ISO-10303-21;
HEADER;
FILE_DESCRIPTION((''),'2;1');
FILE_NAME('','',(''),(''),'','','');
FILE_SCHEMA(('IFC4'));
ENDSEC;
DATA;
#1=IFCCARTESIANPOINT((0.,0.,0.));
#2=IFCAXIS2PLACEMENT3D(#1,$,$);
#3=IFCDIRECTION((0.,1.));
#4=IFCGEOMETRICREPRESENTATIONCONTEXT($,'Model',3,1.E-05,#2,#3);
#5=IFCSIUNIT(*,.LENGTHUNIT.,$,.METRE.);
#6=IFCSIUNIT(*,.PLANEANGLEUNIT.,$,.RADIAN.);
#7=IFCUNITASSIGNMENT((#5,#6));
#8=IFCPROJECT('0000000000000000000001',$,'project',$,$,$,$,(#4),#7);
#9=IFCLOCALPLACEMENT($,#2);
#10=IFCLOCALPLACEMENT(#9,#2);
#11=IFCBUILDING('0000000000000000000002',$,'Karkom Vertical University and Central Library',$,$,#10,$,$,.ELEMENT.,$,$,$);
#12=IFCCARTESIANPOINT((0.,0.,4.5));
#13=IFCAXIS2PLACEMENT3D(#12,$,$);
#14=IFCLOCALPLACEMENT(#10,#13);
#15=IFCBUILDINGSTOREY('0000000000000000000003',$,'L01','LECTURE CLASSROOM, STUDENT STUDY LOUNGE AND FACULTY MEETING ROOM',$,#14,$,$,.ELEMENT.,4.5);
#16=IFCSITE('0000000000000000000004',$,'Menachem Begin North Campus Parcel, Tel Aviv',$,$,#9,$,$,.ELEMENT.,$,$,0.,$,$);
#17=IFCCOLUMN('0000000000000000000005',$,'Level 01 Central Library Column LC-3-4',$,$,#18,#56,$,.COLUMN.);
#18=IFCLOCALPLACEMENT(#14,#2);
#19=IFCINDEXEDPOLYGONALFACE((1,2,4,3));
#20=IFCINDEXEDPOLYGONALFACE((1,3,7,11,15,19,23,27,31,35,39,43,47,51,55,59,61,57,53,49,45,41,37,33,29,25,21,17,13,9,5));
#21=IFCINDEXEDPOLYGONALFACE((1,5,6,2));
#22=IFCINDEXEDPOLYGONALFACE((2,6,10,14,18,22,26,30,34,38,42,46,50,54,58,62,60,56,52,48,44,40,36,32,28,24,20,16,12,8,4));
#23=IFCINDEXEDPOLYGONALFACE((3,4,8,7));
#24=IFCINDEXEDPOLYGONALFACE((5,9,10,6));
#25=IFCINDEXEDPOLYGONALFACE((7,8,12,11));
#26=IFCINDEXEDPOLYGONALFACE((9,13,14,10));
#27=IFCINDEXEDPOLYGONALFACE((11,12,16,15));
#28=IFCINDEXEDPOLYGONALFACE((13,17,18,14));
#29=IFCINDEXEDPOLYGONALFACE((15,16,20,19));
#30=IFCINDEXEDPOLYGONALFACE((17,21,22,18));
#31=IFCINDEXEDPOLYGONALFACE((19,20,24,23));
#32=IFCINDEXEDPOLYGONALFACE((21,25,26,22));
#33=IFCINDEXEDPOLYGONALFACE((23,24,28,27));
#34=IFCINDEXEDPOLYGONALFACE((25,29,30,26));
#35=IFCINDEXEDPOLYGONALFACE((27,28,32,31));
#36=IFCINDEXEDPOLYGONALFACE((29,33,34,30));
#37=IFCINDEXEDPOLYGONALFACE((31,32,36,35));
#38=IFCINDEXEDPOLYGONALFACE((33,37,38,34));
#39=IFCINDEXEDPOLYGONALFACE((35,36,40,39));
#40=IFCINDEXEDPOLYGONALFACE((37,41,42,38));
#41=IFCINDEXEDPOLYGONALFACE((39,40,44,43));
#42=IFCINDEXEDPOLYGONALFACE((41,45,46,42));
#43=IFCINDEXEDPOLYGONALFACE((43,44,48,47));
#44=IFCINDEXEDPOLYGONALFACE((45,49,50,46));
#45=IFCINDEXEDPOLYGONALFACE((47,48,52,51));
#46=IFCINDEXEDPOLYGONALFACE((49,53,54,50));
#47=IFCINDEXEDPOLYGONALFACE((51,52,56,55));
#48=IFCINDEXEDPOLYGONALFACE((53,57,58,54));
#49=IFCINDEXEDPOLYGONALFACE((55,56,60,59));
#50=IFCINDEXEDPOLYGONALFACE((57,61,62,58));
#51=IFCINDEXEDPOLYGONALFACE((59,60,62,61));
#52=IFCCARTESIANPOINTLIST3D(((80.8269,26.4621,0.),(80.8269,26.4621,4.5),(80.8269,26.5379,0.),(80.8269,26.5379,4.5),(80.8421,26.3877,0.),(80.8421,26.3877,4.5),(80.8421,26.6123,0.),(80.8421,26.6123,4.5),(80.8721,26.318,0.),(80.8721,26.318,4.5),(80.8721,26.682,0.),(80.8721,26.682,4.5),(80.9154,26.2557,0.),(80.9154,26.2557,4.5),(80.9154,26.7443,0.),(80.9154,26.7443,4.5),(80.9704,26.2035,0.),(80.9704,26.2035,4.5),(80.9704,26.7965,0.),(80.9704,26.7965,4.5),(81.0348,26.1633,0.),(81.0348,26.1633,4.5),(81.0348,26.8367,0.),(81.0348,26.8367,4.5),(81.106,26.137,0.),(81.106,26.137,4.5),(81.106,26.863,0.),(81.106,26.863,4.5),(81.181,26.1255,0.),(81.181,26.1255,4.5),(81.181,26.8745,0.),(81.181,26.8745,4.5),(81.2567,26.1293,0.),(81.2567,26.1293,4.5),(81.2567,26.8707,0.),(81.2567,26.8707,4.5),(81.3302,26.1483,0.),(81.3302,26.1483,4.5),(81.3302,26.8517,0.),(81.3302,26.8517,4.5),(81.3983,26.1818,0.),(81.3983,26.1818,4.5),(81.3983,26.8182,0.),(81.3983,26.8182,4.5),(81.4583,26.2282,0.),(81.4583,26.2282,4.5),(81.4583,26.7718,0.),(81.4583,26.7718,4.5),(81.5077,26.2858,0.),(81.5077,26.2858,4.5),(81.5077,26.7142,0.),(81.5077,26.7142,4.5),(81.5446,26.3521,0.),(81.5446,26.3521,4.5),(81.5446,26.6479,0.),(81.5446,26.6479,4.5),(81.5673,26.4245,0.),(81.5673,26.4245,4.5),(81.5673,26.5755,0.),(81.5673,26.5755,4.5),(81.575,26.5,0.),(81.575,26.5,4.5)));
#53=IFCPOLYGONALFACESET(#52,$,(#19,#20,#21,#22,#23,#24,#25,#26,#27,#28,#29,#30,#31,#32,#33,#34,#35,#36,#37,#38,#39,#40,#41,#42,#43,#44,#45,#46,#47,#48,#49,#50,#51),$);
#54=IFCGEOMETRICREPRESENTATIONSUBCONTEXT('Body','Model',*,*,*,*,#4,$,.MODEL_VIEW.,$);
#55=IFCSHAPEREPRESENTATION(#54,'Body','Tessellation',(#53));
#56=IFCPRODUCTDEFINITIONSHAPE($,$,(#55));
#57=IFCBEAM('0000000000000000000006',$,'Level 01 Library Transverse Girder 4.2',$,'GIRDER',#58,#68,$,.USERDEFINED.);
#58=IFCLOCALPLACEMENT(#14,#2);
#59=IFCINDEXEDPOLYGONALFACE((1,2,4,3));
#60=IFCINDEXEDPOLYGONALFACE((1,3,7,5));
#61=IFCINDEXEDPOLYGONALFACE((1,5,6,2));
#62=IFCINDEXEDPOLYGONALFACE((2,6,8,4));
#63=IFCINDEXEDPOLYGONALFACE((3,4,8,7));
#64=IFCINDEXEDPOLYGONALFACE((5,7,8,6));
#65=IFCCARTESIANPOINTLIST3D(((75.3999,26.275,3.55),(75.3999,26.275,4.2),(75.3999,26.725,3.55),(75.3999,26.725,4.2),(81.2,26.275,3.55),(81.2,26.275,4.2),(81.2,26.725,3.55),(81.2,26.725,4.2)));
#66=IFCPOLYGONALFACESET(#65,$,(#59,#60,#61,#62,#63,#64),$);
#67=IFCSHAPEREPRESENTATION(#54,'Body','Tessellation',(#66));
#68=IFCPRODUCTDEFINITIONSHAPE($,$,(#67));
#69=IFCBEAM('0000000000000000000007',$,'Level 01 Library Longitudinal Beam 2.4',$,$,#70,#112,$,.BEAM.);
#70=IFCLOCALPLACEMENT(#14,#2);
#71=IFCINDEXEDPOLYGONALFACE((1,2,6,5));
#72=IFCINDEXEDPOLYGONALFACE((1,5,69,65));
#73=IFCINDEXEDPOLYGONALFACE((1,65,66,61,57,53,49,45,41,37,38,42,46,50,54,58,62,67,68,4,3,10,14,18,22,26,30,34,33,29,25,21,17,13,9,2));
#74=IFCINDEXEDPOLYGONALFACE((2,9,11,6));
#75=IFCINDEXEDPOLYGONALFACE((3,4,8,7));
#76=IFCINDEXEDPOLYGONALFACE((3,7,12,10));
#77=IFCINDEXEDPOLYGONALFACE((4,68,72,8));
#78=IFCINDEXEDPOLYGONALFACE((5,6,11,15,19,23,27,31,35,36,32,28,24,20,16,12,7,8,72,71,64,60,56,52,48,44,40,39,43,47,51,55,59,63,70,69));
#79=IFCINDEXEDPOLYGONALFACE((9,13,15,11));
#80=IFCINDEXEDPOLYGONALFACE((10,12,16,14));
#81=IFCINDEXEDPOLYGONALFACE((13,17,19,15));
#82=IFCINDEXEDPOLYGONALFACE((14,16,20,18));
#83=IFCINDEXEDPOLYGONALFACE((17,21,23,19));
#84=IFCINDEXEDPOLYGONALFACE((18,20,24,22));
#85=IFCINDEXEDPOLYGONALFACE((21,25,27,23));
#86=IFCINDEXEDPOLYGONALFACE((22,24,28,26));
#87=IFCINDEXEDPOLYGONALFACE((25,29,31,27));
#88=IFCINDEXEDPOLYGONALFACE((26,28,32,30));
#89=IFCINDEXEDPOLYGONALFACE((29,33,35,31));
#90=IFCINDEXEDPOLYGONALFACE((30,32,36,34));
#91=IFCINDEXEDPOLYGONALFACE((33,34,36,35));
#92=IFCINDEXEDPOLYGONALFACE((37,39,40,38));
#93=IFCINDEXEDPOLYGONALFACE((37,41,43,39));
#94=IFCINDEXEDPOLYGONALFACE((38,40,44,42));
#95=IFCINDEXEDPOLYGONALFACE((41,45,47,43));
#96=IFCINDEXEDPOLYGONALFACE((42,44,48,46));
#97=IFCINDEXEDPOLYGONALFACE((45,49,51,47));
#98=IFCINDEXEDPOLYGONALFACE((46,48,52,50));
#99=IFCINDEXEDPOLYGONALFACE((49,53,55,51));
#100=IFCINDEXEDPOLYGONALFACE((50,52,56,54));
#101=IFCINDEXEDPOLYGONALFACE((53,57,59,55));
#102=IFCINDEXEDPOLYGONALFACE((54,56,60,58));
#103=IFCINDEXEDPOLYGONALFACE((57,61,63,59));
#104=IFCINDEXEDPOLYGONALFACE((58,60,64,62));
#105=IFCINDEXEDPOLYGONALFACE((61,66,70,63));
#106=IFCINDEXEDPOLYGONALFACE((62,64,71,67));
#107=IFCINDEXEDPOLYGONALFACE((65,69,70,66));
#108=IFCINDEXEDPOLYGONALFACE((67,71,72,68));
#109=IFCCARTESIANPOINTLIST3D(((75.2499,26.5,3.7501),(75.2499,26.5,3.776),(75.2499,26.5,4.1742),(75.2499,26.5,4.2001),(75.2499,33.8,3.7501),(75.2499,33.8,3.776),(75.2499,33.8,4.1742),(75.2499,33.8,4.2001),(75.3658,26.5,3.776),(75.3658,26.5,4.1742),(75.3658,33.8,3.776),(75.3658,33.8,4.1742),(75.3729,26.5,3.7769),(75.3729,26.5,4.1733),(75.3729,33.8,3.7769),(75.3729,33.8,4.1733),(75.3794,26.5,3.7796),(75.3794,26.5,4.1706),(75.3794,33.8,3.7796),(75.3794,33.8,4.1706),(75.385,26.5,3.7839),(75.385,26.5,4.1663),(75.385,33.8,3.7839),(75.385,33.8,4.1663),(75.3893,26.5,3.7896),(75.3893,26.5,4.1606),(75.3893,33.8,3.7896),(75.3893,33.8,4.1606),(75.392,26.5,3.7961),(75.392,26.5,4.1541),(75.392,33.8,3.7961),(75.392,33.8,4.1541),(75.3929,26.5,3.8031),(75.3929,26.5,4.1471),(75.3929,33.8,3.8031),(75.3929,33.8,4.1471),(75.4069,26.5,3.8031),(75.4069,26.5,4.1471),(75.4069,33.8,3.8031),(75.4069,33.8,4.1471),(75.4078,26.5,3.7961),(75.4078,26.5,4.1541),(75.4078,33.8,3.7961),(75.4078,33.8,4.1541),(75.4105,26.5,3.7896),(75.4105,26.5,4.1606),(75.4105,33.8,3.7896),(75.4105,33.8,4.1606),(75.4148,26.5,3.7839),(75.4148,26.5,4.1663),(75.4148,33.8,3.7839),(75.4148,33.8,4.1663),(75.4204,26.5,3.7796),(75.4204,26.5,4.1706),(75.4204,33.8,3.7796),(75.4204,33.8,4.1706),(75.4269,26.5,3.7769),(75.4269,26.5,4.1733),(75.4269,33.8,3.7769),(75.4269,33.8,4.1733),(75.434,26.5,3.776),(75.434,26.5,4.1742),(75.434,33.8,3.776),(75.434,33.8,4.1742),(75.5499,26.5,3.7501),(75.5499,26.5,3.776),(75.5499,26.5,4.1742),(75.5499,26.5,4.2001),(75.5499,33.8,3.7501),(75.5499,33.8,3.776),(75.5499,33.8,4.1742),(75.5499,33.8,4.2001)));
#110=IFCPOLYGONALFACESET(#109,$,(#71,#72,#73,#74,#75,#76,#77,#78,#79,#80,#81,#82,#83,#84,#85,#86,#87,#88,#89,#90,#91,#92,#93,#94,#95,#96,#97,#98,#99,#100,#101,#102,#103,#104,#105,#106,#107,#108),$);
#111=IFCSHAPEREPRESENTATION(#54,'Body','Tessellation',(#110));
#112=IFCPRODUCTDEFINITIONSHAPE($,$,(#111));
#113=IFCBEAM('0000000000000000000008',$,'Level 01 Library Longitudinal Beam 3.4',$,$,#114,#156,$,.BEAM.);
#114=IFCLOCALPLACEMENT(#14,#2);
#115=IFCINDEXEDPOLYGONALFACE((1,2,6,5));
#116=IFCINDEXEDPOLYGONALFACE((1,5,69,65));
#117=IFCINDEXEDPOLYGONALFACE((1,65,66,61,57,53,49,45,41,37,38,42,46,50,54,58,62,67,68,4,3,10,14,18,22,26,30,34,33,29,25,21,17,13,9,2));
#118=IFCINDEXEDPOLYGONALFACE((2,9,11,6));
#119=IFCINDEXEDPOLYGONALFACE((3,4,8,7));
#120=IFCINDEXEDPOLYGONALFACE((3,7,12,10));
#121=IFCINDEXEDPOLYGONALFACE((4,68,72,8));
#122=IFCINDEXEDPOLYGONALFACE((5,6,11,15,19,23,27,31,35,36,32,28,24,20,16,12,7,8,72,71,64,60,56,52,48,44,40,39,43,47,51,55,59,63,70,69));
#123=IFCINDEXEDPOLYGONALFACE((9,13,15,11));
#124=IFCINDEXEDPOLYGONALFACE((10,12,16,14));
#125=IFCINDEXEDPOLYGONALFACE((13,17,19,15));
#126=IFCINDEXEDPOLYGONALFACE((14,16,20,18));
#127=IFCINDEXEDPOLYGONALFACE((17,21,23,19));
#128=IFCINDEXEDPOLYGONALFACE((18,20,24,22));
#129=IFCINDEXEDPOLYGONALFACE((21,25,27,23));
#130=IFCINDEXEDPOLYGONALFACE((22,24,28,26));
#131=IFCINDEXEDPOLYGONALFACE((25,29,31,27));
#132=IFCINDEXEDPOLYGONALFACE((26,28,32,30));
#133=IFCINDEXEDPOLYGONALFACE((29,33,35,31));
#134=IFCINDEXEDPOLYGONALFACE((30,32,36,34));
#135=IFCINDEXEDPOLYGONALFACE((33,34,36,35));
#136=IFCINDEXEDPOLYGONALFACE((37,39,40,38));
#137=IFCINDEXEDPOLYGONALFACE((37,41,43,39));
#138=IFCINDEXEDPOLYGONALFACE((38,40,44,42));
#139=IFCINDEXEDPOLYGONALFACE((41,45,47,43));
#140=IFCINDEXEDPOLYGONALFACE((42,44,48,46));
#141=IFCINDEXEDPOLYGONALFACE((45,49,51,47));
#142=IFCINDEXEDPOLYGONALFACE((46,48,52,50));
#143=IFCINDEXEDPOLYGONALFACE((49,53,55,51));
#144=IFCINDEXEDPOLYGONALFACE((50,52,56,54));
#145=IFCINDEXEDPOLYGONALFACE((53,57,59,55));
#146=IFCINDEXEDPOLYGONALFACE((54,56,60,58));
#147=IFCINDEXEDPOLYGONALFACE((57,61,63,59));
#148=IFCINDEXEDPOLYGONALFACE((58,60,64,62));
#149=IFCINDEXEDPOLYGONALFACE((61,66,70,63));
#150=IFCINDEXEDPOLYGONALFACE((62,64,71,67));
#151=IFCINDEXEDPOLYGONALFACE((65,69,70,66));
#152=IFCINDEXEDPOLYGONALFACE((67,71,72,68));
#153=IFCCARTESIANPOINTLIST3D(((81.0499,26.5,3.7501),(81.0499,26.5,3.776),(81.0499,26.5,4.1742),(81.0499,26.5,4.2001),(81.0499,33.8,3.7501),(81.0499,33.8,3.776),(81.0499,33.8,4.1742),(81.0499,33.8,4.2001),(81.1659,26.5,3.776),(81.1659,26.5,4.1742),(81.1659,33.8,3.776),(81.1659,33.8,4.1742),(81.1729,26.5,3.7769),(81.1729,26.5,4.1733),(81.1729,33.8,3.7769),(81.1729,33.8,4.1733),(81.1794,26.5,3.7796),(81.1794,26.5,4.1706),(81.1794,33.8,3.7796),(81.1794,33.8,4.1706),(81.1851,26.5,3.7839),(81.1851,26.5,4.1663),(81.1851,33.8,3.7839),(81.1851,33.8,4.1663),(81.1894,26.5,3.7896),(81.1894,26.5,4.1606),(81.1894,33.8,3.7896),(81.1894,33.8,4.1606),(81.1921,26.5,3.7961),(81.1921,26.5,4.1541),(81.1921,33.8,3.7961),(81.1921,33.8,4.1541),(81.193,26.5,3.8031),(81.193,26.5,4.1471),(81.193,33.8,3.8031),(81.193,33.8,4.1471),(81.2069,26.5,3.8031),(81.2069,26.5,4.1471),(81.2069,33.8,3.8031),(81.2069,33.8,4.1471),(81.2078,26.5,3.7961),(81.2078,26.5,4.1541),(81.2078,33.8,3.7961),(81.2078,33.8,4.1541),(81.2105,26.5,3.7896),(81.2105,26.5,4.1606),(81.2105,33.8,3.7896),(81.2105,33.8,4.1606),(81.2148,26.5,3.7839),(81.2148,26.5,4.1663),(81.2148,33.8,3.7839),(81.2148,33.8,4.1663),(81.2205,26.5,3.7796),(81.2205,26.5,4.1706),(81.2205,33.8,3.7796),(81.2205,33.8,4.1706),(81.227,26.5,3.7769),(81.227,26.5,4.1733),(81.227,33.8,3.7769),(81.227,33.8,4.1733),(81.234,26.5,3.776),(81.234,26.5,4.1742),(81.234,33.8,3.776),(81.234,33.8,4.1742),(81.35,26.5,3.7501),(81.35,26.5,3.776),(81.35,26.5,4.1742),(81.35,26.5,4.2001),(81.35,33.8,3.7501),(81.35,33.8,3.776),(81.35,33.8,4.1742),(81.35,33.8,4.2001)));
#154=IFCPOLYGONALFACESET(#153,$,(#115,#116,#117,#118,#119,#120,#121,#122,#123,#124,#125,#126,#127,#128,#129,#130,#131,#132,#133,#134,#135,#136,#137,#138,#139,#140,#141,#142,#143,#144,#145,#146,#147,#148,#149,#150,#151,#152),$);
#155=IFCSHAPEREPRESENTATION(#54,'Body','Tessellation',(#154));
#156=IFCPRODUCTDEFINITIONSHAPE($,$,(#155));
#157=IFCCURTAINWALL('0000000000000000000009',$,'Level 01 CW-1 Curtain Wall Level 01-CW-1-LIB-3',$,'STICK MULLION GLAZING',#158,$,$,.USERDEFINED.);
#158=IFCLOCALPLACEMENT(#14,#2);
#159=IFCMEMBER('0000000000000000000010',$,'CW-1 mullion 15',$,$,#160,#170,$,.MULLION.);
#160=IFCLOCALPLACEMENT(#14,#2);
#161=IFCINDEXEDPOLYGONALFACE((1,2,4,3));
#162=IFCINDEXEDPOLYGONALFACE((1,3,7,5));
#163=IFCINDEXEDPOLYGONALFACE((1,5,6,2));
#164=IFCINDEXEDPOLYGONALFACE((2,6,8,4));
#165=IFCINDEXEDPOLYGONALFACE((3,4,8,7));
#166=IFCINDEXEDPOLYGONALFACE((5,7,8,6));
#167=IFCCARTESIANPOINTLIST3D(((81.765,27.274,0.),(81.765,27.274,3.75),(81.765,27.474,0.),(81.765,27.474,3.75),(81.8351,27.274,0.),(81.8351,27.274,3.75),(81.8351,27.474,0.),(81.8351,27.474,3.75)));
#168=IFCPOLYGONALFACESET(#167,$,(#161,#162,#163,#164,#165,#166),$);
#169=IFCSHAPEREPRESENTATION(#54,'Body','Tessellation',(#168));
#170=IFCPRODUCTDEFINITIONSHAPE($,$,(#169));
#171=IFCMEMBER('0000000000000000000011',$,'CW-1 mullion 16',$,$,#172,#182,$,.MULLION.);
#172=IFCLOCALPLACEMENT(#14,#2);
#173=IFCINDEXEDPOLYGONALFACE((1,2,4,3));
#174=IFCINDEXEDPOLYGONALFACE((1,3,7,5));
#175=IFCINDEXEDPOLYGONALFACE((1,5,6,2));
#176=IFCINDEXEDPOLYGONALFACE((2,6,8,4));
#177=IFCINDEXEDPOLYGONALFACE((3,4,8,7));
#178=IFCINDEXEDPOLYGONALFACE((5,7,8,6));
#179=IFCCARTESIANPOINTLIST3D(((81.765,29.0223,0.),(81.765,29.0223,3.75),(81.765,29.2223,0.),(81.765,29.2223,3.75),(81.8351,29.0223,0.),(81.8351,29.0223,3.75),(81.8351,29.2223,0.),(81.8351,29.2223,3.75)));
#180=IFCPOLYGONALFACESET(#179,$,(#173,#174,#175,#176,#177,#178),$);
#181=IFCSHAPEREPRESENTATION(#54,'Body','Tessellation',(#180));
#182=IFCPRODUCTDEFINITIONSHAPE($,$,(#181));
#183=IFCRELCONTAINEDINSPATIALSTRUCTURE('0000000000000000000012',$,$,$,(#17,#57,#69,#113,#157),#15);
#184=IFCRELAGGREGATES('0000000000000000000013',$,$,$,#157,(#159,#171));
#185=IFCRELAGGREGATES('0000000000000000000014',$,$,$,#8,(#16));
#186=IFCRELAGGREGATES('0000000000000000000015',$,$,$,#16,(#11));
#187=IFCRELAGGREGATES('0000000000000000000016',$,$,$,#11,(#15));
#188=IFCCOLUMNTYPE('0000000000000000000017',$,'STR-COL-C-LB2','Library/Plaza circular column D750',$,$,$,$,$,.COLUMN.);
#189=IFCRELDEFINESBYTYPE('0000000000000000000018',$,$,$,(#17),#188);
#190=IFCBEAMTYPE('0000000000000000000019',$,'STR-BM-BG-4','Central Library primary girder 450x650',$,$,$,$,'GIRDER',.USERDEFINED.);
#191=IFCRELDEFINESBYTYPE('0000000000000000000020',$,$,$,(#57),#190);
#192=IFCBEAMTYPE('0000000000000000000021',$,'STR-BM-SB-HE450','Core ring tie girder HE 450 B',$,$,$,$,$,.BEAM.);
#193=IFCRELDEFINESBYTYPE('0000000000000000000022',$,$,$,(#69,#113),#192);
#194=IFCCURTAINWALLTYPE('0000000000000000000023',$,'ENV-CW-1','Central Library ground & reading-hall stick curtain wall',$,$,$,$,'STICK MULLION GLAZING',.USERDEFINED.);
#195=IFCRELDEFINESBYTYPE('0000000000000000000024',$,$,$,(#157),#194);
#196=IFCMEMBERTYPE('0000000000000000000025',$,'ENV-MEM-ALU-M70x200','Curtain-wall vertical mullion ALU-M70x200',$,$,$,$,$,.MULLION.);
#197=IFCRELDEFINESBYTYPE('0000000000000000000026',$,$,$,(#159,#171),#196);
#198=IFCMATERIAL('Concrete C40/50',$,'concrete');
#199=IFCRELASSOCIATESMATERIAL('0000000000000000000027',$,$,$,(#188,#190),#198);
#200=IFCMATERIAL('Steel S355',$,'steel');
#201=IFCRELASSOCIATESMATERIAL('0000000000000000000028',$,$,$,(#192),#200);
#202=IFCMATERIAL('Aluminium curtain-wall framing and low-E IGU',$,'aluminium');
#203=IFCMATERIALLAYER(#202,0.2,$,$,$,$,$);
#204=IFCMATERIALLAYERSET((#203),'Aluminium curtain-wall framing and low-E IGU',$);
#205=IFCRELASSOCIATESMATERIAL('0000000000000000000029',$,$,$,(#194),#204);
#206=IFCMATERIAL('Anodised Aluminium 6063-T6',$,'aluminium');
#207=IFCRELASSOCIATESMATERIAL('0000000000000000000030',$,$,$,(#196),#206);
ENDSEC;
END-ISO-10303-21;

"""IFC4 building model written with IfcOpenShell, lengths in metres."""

from ifc_helpers import new_model, si_unit, direction, frame, origin, origin_with_axes, origin_2d, place, context, subcontext, project, spatial, rectangle, circle, i_section, extrude, source, transform, mapped, material, layer, layer_set, material_profile, profile_set, type_object, element, aggregate, save


model = new_model("IFC4")

# Units and contexts
model_context = context("Model", 3, precision=1e-05, world=origin(), true_north=direction((0.0, 1.0)))
body_context = subcontext(model_context, "Body", "Model", "MODEL_VIEW")
ifc_project = project(units=[si_unit("LENGTHUNIT", "METRE"), si_unit("PLANEANGLEUNIT", "RADIAN")], contexts=[model_context])

# Site, building, storey
site_placement = place(None, origin())
site = spatial("IfcSite", under=ifc_project, at=site_placement, Name="Menachem Begin North Campus Parcel, Tel Aviv", CompositionType="ELEMENT", RefElevation=0.0)
building_placement = place(site_placement, origin())
building = spatial("IfcBuilding", under=site, at=building_placement, Name="Karkom Vertical University and Central Library", CompositionType="ELEMENT")
storey_placement = place(building_placement, frame((0.0, 0.0, 4.5)))
storey = spatial("IfcBuildingStorey", under=building, at=storey_placement, Name="L01", Description="LECTURE CLASSROOM, STUDENT STUDY LOUNGE AND FACULTY MEETING ROOM", CompositionType="ELEMENT", Elevation=4.5)

# Column
ifc_material_1 = material(Name="Concrete C40/50", Category="concrete")
ifc_material_profile_1 = material_profile(ifc_material_1, circle(Radius=0.375, at=origin_2d()), Name="RC-D750")
ifc_profile_set_1 = profile_set([ifc_material_profile_1], Name="Concrete C40/50")
column_type = type_object("IfcColumnType", Name="STR-COL-C-LB2", Description="Library/Plaza circular column D750", PredefinedType="COLUMN", material=ifc_profile_set_1)
shared_shape_1 = source(origin_with_axes(), body_context, "Body", "SweptSolid", [
    extrude(circle(Radius=0.375, at=origin_2d()), origin(), (0.0, 0.0, 1.0), 4.5),
])
column_placement = place(storey_placement, frame((81.2, 26.5, 0.0), z_axis=(0.0, 0.0, 1.0), x_axis=(1.0, 0.0, 0.0)))
element("IfcColumn", 1, at=column_placement, inside=storey, type_object=column_type, Name="Level 01 Central Library Column LC-3-4", PredefinedType="COLUMN", context=body_context, shape_type="MappedRepresentation", body=[
    mapped(shared_shape_1, transform((0.0, 0.0, 0.0), scale=1.0)),
])

# Beams
ifc_material_profile_2 = material_profile(ifc_material_1, rectangle(XDim=0.45, YDim=0.6499, at=origin_2d()), Name="RCB-450x650")
ifc_profile_set_2 = profile_set([ifc_material_profile_2], Name="Concrete C40/50")
beam_type_1 = type_object("IfcBeamType", Name="STR-BM-BG-4", Description="Central Library primary girder 450x650", ElementType="GIRDER", PredefinedType="USERDEFINED", material=ifc_profile_set_2)
shared_shape_2 = source(origin_with_axes(), body_context, "Body", "SweptSolid", [
    extrude(rectangle(XDim=0.45, YDim=0.6499, at=origin_2d()), origin(), (0.0, 0.0, 1.0), 5.8),
])
beam_placement = place(storey_placement, frame((75.3999, 26.5, 3.875), z_axis=(1.0, 0.0, 0.0), x_axis=(0.0, 1.0, 0.0)))
element("IfcBeam", 2, at=beam_placement, inside=storey, type_object=beam_type_1, Name="Level 01 Library Transverse Girder 4.2", ObjectType="GIRDER", PredefinedType="USERDEFINED", context=body_context, shape_type="MappedRepresentation", body=[
    mapped(shared_shape_2, transform((0.0, 0.0, 0.0), scale=1.0)),
])
ifc_material_2 = material(Name="Steel S355", Category="steel")
ifc_material_profile_3 = material_profile(ifc_material_2, i_section(OverallWidth=0.3, OverallDepth=0.45, WebThickness=0.0139, FlangeThickness=0.0259, FilletRadius=0.0271, at=origin_2d()), Name="HE 450 B")
ifc_profile_set_3 = profile_set([ifc_material_profile_3], Name="Steel S355")
beam_type_2 = type_object("IfcBeamType", Name="STR-BM-SB-HE450", Description="Core ring tie girder HE 450 B", PredefinedType="BEAM", material=ifc_profile_set_3)
shared_shape_3 = source(origin_with_axes(), body_context, "Body", "SweptSolid", [
    extrude(i_section(OverallWidth=0.3, OverallDepth=0.45, WebThickness=0.0139, FlangeThickness=0.0259, FilletRadius=0.0271, at=origin_2d()), origin(), (0.0, 0.0, 1.0), 7.3),
])
for number, where, z_axis, x_axis, name in (
    (3, (75.3999, 26.5, 3.9751), (0.0, 1.0, 0.0), (-1.0, 0.0, 0.0), "Level 01 Library Longitudinal Beam 2.4"),
    (4, (81.2, 26.5, 3.9751), (0.0, 1.0, 0.0), (-1.0, 0.0, 0.0), "Level 01 Library Longitudinal Beam 3.4"),
):
    element("IfcBeam", number, at=place(storey_placement, frame(where, z_axis=z_axis, x_axis=x_axis)), inside=storey, type_object=beam_type_2, Name=name, PredefinedType="BEAM", context=body_context, shape_type="MappedRepresentation", body=[
        mapped(shared_shape_3, transform((0.0, 0.0, 0.0), scale=1.0)),
    ])

# Curtain wall, members
ifc_material_3 = material(Name="Aluminium curtain-wall framing and low-E IGU", Category="aluminium")
ifc_layer_1 = layer(ifc_material_3, 0.2)
ifc_layer_set_1 = layer_set([ifc_layer_1], Name="Aluminium curtain-wall framing and low-E IGU")
curtain_wall_type = type_object("IfcCurtainWallType", Name="ENV-CW-1", Description="Central Library ground & reading-hall stick curtain wall", ElementType="STICK MULLION GLAZING", PredefinedType="USERDEFINED", material=ifc_layer_set_1)
curtain_wall_placement = place(storey_placement, origin())
curtain_wall = element("IfcCurtainWall", 5, at=curtain_wall_placement, inside=storey, type_object=curtain_wall_type, Name="Level 01 CW-1 Curtain Wall Level 01-CW-1-LIB-3", ObjectType="STICK MULLION GLAZING", PredefinedType="USERDEFINED")
ifc_material_4 = material(Name="Anodised Aluminium 6063-T6", Category="aluminium")
ifc_material_profile_4 = material_profile(ifc_material_4, rectangle(XDim=0.0701, YDim=0.2, at=origin_2d()), Name="ALU-M70x200")
ifc_profile_set_4 = profile_set([ifc_material_profile_4], Name="Anodised Aluminium 6063-T6")
member_type_1 = type_object("IfcMemberType", Name="ENV-MEM-ALU-M70x200", Description="Curtain-wall vertical mullion ALU-M70x200", PredefinedType="MULLION", material=ifc_profile_set_4)
shared_shape_4 = source(origin_with_axes(), body_context, "Body", "SweptSolid", [
    extrude(rectangle(XDim=0.0701, YDim=0.2, at=origin_2d()), origin(), (0.0, 0.0, 1.0), 3.75),
])
member_1_placement = place(storey_placement, frame((81.8, 27.374, 0.0), z_axis=(0.0, 0.0, 1.0), x_axis=(-1.0, 0.0, 0.0)))
member_1 = element("IfcMember", 6, at=member_1_placement, type_object=member_type_1, Name="CW-1 mullion 15", PredefinedType="MULLION", context=body_context, shape_type="MappedRepresentation", body=[
    mapped(shared_shape_4, transform((0.0, 0.0, 0.0), scale=1.0)),
])
member_2_placement = place(storey_placement, frame((81.8, 29.1223, 0.0), z_axis=(0.0, 0.0, 1.0), x_axis=(-1.0, 0.0, 0.0)))
member_2 = element("IfcMember", 7, at=member_2_placement, type_object=member_type_1, Name="CW-1 mullion 16", PredefinedType="MULLION", context=body_context, shape_type="MappedRepresentation", body=[
    mapped(shared_shape_4, transform((0.0, 0.0, 0.0), scale=1.0)),
])
aggregate(curtain_wall, [member_1, member_2])

save(model, "model.ifc")
